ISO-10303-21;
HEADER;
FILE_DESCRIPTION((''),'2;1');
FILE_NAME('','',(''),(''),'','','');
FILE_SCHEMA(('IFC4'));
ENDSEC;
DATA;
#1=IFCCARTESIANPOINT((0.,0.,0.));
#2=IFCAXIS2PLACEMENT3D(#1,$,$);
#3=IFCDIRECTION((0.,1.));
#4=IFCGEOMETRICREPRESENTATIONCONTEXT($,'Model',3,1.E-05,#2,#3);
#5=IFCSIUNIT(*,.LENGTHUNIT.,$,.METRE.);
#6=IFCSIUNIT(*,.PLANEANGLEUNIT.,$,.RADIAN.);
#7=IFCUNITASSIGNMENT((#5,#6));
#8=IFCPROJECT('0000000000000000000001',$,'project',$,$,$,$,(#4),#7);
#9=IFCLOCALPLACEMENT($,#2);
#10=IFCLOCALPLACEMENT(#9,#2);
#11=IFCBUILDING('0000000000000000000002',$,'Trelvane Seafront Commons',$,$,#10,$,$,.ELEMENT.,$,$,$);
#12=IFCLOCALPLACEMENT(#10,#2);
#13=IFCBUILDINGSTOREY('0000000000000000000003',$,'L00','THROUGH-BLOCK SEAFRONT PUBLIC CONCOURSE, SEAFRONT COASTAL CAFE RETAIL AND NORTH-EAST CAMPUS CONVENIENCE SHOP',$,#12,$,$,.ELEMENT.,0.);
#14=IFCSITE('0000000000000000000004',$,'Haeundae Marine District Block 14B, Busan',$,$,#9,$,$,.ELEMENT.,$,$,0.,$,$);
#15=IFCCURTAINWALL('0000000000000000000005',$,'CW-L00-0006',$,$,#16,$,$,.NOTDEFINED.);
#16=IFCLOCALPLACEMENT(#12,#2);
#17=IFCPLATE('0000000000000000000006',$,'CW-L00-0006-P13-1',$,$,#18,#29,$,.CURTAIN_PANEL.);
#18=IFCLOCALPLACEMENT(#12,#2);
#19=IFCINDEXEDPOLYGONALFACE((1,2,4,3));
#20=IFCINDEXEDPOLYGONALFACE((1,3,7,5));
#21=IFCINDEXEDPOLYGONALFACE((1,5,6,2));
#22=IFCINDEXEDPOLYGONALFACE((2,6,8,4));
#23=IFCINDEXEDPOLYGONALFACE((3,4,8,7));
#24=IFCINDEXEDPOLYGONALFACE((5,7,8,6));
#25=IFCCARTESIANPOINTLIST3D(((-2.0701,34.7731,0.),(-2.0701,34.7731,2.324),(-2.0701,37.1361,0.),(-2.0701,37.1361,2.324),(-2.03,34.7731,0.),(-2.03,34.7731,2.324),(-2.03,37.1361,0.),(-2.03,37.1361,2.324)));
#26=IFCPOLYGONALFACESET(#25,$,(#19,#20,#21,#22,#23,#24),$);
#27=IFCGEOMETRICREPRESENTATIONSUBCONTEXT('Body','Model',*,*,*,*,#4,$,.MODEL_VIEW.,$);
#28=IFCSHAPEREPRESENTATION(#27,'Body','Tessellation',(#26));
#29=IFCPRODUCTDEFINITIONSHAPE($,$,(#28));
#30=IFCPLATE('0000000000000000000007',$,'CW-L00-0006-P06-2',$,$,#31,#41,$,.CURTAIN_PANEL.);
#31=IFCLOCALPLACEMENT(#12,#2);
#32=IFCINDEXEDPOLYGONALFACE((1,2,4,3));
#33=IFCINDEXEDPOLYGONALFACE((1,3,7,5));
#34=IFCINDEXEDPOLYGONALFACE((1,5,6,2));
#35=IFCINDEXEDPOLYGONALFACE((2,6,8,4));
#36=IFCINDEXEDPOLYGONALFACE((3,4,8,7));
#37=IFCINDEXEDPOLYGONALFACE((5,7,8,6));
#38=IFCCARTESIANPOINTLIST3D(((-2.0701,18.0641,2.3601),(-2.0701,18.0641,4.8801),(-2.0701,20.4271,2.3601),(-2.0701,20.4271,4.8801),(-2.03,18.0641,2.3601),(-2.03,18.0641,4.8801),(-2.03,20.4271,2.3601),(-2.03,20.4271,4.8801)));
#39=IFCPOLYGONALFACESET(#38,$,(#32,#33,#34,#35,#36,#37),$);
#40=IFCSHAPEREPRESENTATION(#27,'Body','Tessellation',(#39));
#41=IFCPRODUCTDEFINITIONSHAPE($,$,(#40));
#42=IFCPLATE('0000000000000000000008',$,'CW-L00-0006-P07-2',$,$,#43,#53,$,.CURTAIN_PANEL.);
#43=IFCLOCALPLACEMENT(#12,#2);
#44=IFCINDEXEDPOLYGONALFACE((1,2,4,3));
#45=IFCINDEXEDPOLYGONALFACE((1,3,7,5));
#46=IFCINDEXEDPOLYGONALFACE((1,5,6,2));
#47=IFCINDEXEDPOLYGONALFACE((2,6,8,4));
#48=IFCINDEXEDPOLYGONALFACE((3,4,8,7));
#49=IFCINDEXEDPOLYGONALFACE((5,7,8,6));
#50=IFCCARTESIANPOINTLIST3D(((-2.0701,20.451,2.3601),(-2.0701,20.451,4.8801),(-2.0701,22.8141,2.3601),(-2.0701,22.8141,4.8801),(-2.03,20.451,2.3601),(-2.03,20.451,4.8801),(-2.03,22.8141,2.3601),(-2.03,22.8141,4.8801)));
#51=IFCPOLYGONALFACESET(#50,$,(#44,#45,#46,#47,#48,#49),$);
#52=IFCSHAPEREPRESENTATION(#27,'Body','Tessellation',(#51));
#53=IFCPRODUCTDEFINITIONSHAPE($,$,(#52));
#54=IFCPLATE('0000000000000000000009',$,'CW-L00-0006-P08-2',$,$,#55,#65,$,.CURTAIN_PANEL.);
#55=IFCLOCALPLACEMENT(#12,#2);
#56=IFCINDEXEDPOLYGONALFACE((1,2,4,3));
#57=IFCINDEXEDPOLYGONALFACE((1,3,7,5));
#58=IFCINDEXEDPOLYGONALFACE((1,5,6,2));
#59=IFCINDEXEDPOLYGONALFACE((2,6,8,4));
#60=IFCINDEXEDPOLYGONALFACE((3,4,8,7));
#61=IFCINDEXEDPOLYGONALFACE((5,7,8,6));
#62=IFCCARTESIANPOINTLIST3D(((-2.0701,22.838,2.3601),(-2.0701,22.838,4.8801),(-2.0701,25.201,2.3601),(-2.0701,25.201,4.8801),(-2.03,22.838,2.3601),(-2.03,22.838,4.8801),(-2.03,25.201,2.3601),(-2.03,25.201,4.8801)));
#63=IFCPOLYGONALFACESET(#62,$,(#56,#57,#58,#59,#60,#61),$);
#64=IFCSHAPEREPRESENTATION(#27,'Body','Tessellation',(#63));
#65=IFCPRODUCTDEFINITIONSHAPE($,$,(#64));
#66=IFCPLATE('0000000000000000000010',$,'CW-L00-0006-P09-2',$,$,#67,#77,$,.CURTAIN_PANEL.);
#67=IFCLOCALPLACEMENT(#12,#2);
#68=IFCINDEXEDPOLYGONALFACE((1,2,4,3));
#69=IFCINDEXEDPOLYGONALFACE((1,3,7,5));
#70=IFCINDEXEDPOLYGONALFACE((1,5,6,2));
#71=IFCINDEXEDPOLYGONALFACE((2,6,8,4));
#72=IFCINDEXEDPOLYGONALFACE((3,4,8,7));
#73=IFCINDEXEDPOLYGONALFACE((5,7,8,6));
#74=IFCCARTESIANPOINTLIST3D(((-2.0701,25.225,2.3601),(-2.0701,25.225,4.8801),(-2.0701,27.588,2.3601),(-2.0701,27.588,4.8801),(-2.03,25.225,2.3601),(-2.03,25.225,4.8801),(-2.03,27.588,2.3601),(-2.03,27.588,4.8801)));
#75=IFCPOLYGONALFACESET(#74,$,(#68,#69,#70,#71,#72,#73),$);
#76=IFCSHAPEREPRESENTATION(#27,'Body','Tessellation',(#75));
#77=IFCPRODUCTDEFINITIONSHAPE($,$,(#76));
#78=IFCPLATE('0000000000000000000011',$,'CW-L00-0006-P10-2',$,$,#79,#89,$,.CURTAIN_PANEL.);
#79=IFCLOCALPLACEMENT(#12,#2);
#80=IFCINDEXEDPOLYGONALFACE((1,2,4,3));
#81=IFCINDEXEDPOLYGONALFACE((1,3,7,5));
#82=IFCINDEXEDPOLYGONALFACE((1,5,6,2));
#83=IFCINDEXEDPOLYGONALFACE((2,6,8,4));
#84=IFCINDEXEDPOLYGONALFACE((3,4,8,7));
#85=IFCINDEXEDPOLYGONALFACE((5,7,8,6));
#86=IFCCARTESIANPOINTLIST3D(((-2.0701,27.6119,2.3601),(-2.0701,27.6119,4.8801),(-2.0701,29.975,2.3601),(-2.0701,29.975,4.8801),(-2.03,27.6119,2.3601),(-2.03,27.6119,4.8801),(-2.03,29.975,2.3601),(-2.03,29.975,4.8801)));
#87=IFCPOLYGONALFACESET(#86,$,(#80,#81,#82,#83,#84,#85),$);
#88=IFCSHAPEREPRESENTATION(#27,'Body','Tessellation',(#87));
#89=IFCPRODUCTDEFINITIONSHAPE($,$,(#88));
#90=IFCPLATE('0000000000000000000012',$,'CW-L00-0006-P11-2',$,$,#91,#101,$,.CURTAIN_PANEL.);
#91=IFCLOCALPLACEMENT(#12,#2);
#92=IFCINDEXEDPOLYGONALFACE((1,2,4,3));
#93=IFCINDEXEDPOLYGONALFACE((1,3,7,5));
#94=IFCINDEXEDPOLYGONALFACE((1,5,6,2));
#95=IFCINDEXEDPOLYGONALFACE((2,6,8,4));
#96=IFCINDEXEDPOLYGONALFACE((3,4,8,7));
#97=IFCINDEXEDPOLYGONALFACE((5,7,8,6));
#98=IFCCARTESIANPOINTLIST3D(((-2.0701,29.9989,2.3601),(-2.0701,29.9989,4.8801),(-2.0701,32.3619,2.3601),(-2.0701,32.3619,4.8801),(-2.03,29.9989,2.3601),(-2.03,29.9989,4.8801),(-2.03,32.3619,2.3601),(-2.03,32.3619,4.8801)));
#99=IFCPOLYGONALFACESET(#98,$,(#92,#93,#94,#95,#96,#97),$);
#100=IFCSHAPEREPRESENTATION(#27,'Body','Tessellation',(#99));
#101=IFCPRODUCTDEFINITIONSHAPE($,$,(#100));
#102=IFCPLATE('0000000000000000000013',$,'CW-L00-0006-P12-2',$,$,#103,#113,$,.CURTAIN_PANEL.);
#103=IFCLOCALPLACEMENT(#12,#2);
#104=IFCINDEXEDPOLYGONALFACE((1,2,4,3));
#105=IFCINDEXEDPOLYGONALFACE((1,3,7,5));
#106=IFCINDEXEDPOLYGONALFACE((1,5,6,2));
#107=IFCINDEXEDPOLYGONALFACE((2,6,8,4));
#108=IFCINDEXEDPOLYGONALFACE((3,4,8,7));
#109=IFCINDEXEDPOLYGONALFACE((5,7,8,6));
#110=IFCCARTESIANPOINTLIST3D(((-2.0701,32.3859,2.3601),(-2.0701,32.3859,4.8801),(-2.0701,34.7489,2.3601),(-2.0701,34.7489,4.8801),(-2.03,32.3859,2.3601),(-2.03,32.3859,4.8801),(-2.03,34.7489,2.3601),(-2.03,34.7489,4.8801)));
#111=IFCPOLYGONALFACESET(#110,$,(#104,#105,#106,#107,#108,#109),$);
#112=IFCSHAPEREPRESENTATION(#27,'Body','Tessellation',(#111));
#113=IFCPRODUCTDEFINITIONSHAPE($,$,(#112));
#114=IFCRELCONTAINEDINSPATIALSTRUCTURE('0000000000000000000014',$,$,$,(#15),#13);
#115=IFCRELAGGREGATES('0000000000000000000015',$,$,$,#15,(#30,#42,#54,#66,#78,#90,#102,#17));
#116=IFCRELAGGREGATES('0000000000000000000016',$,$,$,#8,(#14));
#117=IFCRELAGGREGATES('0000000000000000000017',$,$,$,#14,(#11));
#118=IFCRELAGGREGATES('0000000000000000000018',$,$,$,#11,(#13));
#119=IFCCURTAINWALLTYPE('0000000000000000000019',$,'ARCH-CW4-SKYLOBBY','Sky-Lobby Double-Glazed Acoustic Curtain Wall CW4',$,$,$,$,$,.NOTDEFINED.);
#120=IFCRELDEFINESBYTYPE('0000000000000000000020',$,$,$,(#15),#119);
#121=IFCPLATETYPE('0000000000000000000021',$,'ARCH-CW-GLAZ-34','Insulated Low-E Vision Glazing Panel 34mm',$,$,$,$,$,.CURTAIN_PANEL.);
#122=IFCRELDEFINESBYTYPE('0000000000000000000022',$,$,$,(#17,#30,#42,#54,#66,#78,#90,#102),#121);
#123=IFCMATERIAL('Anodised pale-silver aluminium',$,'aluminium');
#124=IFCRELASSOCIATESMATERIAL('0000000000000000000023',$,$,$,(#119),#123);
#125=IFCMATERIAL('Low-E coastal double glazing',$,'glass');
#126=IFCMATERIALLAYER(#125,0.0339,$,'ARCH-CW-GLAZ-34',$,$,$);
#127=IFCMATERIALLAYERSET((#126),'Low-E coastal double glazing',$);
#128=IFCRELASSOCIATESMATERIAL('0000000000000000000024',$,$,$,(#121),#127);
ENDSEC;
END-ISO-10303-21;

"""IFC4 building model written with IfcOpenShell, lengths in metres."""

from ifc_helpers import new_model, si_unit, direction, frame, origin, origin_2d, place, context, subcontext, project, spatial, rectangle, extrude, source, transform, mapped, material, layer, layer_set, type_object, element, aggregate, save


model = new_model("IFC4")

# Units and contexts
model_context = context("Model", 3, precision=1e-05, world=origin(), true_north=direction((0.0, 1.0)))
body_context = subcontext(model_context, "Body", "Model", "MODEL_VIEW")
ifc_project = project(units=[si_unit("LENGTHUNIT", "METRE"), si_unit("PLANEANGLEUNIT", "RADIAN")], contexts=[model_context])

# Site, building, storey
site_placement = place(None, origin())
site = spatial("IfcSite", under=ifc_project, at=site_placement, Name="Haeundae Marine District Block 14B, Busan", CompositionType="ELEMENT", RefElevation=0.0)
building_placement = place(site_placement, origin())
building = spatial("IfcBuilding", under=site, at=building_placement, Name="Trelvane Seafront Commons", CompositionType="ELEMENT")
storey_placement = place(building_placement, origin())
storey = spatial("IfcBuildingStorey", under=building, at=storey_placement, Name="L00", Description="THROUGH-BLOCK SEAFRONT PUBLIC CONCOURSE, SEAFRONT COASTAL CAFE RETAIL AND NORTH-EAST CAMPUS CONVENIENCE SHOP", CompositionType="ELEMENT", Elevation=0.0)

# Curtain wall, plates
ifc_material_1 = material(Name="Anodised pale-silver aluminium", Category="aluminium")
curtain_wall_type = type_object("IfcCurtainWallType", Name="ARCH-CW4-SKYLOBBY", Description="Sky-Lobby Double-Glazed Acoustic Curtain Wall CW4", PredefinedType="NOTDEFINED", material=ifc_material_1)
curtain_wall_placement = place(storey_placement, origin())
curtain_wall = element("IfcCurtainWall", 1, at=curtain_wall_placement, inside=storey, type_object=curtain_wall_type, Name="CW-L00-0006", PredefinedType="NOTDEFINED")
ifc_material_2 = material(Name="Low-E coastal double glazing", Category="glass")
ifc_layer = layer(ifc_material_2, 0.0339, Name="ARCH-CW-GLAZ-34")
ifc_layer_set = layer_set([ifc_layer], Name="Low-E coastal double glazing")
plate_type = type_object("IfcPlateType", Name="ARCH-CW-GLAZ-34", Description="Insulated Low-E Vision Glazing Panel 34mm", PredefinedType="CURTAIN_PANEL", material=ifc_layer_set)
shared_shape_1 = source(origin(), body_context, "Body", "SweptSolid", [
    extrude(rectangle(XDim=2.363, YDim=0.04, at=origin_2d()), origin(), (0.0, 0.0, 1.0), 2.324),
])
plate_1_placement = place(storey_placement, frame((-2.05, 35.9546, 0.0), z_axis=(0.0, 0.0, 1.0), x_axis=(0.0, 1.0, 0.0)))
plate_1 = element("IfcPlate", 2, at=plate_1_placement, type_object=plate_type, Name="CW-L00-0006-P13-1", PredefinedType="CURTAIN_PANEL", context=body_context, shape_type="MappedRepresentation", body=[
    mapped(shared_shape_1, transform((0.0, 0.0, 0.0), x_axis=(1.0, 0.0, 0.0), y_axis=(0.0, 1.0, 0.0), z_axis=(0.0, 0.0, 1.0), scale=1.0)),
])
shared_shape_2 = source(origin(), body_context, "Body", "SweptSolid", [
    extrude(rectangle(XDim=2.363, YDim=0.04, at=origin_2d()), origin(), (0.0, 0.0, 1.0), 2.52),
])
plate_2_placement = place(storey_placement, frame((-2.05, 19.2456, 2.3601), z_axis=(0.0, 0.0, 1.0), x_axis=(0.0, 1.0, 0.0)))
plate_2 = element("IfcPlate", 3, at=plate_2_placement, type_object=plate_type, Name="CW-L00-0006-P06-2", PredefinedType="CURTAIN_PANEL", context=body_context, shape_type="MappedRepresentation", body=[
    mapped(shared_shape_2, transform((0.0, 0.0, 0.0), x_axis=(1.0, 0.0, 0.0), y_axis=(0.0, 1.0, 0.0), z_axis=(0.0, 0.0, 1.0), scale=1.0)),
])
plate_3_placement = place(storey_placement, frame((-2.05, 21.6326, 2.3601), z_axis=(0.0, 0.0, 1.0), x_axis=(0.0, 1.0, 0.0)))
plate_3 = element("IfcPlate", 4, at=plate_3_placement, type_object=plate_type, Name="CW-L00-0006-P07-2", PredefinedType="CURTAIN_PANEL", context=body_context, shape_type="MappedRepresentation", body=[
    mapped(shared_shape_2, transform((0.0, 0.0, 0.0), x_axis=(1.0, 0.0, 0.0), y_axis=(0.0, 1.0, 0.0), z_axis=(0.0, 0.0, 1.0), scale=1.0)),
])
plate_4_placement = place(storey_placement, frame((-2.05, 24.0195, 2.3601), z_axis=(0.0, 0.0, 1.0), x_axis=(0.0, 1.0, 0.0)))
plate_4 = element("IfcPlate", 5, at=plate_4_placement, type_object=plate_type, Name="CW-L00-0006-P08-2", PredefinedType="CURTAIN_PANEL", context=body_context, shape_type="MappedRepresentation", body=[
    mapped(shared_shape_2, transform((0.0, 0.0, 0.0), x_axis=(1.0, 0.0, 0.0), y_axis=(0.0, 1.0, 0.0), z_axis=(0.0, 0.0, 1.0), scale=1.0)),
])
plate_5_placement = place(storey_placement, frame((-2.05, 26.4065, 2.3601), z_axis=(0.0, 0.0, 1.0), x_axis=(0.0, 1.0, 0.0)))
plate_5 = element("IfcPlate", 6, at=plate_5_placement, type_object=plate_type, Name="CW-L00-0006-P09-2", PredefinedType="CURTAIN_PANEL", context=body_context, shape_type="MappedRepresentation", body=[
    mapped(shared_shape_2, transform((0.0, 0.0, 0.0), x_axis=(1.0, 0.0, 0.0), y_axis=(0.0, 1.0, 0.0), z_axis=(0.0, 0.0, 1.0), scale=1.0)),
])
plate_6_placement = place(storey_placement, frame((-2.05, 28.7935, 2.3601), z_axis=(0.0, 0.0, 1.0), x_axis=(0.0, 1.0, 0.0)))
plate_6 = element("IfcPlate", 7, at=plate_6_placement, type_object=plate_type, Name="CW-L00-0006-P10-2", PredefinedType="CURTAIN_PANEL", context=body_context, shape_type="MappedRepresentation", body=[
    mapped(shared_shape_2, transform((0.0, 0.0, 0.0), x_axis=(1.0, 0.0, 0.0), y_axis=(0.0, 1.0, 0.0), z_axis=(0.0, 0.0, 1.0), scale=1.0)),
])
plate_7_placement = place(storey_placement, frame((-2.05, 31.1804, 2.3601), z_axis=(0.0, 0.0, 1.0), x_axis=(0.0, 1.0, 0.0)))
plate_7 = element("IfcPlate", 8, at=plate_7_placement, type_object=plate_type, Name="CW-L00-0006-P11-2", PredefinedType="CURTAIN_PANEL", context=body_context, shape_type="MappedRepresentation", body=[
    mapped(shared_shape_2, transform((0.0, 0.0, 0.0), x_axis=(1.0, 0.0, 0.0), y_axis=(0.0, 1.0, 0.0), z_axis=(0.0, 0.0, 1.0), scale=1.0)),
])
plate_8_placement = place(storey_placement, frame((-2.05, 33.5674, 2.3601), z_axis=(0.0, 0.0, 1.0), x_axis=(0.0, 1.0, 0.0)))
plate_8 = element("IfcPlate", 9, at=plate_8_placement, type_object=plate_type, Name="CW-L00-0006-P12-2", PredefinedType="CURTAIN_PANEL", context=body_context, shape_type="MappedRepresentation", body=[
    mapped(shared_shape_2, transform((0.0, 0.0, 0.0), x_axis=(1.0, 0.0, 0.0), y_axis=(0.0, 1.0, 0.0), z_axis=(0.0, 0.0, 1.0), scale=1.0)),
])
aggregate(curtain_wall, [plate_2, plate_3, plate_4, plate_5, plate_6, plate_7, plate_8, plate_1])

save(model, "model.ifc")
